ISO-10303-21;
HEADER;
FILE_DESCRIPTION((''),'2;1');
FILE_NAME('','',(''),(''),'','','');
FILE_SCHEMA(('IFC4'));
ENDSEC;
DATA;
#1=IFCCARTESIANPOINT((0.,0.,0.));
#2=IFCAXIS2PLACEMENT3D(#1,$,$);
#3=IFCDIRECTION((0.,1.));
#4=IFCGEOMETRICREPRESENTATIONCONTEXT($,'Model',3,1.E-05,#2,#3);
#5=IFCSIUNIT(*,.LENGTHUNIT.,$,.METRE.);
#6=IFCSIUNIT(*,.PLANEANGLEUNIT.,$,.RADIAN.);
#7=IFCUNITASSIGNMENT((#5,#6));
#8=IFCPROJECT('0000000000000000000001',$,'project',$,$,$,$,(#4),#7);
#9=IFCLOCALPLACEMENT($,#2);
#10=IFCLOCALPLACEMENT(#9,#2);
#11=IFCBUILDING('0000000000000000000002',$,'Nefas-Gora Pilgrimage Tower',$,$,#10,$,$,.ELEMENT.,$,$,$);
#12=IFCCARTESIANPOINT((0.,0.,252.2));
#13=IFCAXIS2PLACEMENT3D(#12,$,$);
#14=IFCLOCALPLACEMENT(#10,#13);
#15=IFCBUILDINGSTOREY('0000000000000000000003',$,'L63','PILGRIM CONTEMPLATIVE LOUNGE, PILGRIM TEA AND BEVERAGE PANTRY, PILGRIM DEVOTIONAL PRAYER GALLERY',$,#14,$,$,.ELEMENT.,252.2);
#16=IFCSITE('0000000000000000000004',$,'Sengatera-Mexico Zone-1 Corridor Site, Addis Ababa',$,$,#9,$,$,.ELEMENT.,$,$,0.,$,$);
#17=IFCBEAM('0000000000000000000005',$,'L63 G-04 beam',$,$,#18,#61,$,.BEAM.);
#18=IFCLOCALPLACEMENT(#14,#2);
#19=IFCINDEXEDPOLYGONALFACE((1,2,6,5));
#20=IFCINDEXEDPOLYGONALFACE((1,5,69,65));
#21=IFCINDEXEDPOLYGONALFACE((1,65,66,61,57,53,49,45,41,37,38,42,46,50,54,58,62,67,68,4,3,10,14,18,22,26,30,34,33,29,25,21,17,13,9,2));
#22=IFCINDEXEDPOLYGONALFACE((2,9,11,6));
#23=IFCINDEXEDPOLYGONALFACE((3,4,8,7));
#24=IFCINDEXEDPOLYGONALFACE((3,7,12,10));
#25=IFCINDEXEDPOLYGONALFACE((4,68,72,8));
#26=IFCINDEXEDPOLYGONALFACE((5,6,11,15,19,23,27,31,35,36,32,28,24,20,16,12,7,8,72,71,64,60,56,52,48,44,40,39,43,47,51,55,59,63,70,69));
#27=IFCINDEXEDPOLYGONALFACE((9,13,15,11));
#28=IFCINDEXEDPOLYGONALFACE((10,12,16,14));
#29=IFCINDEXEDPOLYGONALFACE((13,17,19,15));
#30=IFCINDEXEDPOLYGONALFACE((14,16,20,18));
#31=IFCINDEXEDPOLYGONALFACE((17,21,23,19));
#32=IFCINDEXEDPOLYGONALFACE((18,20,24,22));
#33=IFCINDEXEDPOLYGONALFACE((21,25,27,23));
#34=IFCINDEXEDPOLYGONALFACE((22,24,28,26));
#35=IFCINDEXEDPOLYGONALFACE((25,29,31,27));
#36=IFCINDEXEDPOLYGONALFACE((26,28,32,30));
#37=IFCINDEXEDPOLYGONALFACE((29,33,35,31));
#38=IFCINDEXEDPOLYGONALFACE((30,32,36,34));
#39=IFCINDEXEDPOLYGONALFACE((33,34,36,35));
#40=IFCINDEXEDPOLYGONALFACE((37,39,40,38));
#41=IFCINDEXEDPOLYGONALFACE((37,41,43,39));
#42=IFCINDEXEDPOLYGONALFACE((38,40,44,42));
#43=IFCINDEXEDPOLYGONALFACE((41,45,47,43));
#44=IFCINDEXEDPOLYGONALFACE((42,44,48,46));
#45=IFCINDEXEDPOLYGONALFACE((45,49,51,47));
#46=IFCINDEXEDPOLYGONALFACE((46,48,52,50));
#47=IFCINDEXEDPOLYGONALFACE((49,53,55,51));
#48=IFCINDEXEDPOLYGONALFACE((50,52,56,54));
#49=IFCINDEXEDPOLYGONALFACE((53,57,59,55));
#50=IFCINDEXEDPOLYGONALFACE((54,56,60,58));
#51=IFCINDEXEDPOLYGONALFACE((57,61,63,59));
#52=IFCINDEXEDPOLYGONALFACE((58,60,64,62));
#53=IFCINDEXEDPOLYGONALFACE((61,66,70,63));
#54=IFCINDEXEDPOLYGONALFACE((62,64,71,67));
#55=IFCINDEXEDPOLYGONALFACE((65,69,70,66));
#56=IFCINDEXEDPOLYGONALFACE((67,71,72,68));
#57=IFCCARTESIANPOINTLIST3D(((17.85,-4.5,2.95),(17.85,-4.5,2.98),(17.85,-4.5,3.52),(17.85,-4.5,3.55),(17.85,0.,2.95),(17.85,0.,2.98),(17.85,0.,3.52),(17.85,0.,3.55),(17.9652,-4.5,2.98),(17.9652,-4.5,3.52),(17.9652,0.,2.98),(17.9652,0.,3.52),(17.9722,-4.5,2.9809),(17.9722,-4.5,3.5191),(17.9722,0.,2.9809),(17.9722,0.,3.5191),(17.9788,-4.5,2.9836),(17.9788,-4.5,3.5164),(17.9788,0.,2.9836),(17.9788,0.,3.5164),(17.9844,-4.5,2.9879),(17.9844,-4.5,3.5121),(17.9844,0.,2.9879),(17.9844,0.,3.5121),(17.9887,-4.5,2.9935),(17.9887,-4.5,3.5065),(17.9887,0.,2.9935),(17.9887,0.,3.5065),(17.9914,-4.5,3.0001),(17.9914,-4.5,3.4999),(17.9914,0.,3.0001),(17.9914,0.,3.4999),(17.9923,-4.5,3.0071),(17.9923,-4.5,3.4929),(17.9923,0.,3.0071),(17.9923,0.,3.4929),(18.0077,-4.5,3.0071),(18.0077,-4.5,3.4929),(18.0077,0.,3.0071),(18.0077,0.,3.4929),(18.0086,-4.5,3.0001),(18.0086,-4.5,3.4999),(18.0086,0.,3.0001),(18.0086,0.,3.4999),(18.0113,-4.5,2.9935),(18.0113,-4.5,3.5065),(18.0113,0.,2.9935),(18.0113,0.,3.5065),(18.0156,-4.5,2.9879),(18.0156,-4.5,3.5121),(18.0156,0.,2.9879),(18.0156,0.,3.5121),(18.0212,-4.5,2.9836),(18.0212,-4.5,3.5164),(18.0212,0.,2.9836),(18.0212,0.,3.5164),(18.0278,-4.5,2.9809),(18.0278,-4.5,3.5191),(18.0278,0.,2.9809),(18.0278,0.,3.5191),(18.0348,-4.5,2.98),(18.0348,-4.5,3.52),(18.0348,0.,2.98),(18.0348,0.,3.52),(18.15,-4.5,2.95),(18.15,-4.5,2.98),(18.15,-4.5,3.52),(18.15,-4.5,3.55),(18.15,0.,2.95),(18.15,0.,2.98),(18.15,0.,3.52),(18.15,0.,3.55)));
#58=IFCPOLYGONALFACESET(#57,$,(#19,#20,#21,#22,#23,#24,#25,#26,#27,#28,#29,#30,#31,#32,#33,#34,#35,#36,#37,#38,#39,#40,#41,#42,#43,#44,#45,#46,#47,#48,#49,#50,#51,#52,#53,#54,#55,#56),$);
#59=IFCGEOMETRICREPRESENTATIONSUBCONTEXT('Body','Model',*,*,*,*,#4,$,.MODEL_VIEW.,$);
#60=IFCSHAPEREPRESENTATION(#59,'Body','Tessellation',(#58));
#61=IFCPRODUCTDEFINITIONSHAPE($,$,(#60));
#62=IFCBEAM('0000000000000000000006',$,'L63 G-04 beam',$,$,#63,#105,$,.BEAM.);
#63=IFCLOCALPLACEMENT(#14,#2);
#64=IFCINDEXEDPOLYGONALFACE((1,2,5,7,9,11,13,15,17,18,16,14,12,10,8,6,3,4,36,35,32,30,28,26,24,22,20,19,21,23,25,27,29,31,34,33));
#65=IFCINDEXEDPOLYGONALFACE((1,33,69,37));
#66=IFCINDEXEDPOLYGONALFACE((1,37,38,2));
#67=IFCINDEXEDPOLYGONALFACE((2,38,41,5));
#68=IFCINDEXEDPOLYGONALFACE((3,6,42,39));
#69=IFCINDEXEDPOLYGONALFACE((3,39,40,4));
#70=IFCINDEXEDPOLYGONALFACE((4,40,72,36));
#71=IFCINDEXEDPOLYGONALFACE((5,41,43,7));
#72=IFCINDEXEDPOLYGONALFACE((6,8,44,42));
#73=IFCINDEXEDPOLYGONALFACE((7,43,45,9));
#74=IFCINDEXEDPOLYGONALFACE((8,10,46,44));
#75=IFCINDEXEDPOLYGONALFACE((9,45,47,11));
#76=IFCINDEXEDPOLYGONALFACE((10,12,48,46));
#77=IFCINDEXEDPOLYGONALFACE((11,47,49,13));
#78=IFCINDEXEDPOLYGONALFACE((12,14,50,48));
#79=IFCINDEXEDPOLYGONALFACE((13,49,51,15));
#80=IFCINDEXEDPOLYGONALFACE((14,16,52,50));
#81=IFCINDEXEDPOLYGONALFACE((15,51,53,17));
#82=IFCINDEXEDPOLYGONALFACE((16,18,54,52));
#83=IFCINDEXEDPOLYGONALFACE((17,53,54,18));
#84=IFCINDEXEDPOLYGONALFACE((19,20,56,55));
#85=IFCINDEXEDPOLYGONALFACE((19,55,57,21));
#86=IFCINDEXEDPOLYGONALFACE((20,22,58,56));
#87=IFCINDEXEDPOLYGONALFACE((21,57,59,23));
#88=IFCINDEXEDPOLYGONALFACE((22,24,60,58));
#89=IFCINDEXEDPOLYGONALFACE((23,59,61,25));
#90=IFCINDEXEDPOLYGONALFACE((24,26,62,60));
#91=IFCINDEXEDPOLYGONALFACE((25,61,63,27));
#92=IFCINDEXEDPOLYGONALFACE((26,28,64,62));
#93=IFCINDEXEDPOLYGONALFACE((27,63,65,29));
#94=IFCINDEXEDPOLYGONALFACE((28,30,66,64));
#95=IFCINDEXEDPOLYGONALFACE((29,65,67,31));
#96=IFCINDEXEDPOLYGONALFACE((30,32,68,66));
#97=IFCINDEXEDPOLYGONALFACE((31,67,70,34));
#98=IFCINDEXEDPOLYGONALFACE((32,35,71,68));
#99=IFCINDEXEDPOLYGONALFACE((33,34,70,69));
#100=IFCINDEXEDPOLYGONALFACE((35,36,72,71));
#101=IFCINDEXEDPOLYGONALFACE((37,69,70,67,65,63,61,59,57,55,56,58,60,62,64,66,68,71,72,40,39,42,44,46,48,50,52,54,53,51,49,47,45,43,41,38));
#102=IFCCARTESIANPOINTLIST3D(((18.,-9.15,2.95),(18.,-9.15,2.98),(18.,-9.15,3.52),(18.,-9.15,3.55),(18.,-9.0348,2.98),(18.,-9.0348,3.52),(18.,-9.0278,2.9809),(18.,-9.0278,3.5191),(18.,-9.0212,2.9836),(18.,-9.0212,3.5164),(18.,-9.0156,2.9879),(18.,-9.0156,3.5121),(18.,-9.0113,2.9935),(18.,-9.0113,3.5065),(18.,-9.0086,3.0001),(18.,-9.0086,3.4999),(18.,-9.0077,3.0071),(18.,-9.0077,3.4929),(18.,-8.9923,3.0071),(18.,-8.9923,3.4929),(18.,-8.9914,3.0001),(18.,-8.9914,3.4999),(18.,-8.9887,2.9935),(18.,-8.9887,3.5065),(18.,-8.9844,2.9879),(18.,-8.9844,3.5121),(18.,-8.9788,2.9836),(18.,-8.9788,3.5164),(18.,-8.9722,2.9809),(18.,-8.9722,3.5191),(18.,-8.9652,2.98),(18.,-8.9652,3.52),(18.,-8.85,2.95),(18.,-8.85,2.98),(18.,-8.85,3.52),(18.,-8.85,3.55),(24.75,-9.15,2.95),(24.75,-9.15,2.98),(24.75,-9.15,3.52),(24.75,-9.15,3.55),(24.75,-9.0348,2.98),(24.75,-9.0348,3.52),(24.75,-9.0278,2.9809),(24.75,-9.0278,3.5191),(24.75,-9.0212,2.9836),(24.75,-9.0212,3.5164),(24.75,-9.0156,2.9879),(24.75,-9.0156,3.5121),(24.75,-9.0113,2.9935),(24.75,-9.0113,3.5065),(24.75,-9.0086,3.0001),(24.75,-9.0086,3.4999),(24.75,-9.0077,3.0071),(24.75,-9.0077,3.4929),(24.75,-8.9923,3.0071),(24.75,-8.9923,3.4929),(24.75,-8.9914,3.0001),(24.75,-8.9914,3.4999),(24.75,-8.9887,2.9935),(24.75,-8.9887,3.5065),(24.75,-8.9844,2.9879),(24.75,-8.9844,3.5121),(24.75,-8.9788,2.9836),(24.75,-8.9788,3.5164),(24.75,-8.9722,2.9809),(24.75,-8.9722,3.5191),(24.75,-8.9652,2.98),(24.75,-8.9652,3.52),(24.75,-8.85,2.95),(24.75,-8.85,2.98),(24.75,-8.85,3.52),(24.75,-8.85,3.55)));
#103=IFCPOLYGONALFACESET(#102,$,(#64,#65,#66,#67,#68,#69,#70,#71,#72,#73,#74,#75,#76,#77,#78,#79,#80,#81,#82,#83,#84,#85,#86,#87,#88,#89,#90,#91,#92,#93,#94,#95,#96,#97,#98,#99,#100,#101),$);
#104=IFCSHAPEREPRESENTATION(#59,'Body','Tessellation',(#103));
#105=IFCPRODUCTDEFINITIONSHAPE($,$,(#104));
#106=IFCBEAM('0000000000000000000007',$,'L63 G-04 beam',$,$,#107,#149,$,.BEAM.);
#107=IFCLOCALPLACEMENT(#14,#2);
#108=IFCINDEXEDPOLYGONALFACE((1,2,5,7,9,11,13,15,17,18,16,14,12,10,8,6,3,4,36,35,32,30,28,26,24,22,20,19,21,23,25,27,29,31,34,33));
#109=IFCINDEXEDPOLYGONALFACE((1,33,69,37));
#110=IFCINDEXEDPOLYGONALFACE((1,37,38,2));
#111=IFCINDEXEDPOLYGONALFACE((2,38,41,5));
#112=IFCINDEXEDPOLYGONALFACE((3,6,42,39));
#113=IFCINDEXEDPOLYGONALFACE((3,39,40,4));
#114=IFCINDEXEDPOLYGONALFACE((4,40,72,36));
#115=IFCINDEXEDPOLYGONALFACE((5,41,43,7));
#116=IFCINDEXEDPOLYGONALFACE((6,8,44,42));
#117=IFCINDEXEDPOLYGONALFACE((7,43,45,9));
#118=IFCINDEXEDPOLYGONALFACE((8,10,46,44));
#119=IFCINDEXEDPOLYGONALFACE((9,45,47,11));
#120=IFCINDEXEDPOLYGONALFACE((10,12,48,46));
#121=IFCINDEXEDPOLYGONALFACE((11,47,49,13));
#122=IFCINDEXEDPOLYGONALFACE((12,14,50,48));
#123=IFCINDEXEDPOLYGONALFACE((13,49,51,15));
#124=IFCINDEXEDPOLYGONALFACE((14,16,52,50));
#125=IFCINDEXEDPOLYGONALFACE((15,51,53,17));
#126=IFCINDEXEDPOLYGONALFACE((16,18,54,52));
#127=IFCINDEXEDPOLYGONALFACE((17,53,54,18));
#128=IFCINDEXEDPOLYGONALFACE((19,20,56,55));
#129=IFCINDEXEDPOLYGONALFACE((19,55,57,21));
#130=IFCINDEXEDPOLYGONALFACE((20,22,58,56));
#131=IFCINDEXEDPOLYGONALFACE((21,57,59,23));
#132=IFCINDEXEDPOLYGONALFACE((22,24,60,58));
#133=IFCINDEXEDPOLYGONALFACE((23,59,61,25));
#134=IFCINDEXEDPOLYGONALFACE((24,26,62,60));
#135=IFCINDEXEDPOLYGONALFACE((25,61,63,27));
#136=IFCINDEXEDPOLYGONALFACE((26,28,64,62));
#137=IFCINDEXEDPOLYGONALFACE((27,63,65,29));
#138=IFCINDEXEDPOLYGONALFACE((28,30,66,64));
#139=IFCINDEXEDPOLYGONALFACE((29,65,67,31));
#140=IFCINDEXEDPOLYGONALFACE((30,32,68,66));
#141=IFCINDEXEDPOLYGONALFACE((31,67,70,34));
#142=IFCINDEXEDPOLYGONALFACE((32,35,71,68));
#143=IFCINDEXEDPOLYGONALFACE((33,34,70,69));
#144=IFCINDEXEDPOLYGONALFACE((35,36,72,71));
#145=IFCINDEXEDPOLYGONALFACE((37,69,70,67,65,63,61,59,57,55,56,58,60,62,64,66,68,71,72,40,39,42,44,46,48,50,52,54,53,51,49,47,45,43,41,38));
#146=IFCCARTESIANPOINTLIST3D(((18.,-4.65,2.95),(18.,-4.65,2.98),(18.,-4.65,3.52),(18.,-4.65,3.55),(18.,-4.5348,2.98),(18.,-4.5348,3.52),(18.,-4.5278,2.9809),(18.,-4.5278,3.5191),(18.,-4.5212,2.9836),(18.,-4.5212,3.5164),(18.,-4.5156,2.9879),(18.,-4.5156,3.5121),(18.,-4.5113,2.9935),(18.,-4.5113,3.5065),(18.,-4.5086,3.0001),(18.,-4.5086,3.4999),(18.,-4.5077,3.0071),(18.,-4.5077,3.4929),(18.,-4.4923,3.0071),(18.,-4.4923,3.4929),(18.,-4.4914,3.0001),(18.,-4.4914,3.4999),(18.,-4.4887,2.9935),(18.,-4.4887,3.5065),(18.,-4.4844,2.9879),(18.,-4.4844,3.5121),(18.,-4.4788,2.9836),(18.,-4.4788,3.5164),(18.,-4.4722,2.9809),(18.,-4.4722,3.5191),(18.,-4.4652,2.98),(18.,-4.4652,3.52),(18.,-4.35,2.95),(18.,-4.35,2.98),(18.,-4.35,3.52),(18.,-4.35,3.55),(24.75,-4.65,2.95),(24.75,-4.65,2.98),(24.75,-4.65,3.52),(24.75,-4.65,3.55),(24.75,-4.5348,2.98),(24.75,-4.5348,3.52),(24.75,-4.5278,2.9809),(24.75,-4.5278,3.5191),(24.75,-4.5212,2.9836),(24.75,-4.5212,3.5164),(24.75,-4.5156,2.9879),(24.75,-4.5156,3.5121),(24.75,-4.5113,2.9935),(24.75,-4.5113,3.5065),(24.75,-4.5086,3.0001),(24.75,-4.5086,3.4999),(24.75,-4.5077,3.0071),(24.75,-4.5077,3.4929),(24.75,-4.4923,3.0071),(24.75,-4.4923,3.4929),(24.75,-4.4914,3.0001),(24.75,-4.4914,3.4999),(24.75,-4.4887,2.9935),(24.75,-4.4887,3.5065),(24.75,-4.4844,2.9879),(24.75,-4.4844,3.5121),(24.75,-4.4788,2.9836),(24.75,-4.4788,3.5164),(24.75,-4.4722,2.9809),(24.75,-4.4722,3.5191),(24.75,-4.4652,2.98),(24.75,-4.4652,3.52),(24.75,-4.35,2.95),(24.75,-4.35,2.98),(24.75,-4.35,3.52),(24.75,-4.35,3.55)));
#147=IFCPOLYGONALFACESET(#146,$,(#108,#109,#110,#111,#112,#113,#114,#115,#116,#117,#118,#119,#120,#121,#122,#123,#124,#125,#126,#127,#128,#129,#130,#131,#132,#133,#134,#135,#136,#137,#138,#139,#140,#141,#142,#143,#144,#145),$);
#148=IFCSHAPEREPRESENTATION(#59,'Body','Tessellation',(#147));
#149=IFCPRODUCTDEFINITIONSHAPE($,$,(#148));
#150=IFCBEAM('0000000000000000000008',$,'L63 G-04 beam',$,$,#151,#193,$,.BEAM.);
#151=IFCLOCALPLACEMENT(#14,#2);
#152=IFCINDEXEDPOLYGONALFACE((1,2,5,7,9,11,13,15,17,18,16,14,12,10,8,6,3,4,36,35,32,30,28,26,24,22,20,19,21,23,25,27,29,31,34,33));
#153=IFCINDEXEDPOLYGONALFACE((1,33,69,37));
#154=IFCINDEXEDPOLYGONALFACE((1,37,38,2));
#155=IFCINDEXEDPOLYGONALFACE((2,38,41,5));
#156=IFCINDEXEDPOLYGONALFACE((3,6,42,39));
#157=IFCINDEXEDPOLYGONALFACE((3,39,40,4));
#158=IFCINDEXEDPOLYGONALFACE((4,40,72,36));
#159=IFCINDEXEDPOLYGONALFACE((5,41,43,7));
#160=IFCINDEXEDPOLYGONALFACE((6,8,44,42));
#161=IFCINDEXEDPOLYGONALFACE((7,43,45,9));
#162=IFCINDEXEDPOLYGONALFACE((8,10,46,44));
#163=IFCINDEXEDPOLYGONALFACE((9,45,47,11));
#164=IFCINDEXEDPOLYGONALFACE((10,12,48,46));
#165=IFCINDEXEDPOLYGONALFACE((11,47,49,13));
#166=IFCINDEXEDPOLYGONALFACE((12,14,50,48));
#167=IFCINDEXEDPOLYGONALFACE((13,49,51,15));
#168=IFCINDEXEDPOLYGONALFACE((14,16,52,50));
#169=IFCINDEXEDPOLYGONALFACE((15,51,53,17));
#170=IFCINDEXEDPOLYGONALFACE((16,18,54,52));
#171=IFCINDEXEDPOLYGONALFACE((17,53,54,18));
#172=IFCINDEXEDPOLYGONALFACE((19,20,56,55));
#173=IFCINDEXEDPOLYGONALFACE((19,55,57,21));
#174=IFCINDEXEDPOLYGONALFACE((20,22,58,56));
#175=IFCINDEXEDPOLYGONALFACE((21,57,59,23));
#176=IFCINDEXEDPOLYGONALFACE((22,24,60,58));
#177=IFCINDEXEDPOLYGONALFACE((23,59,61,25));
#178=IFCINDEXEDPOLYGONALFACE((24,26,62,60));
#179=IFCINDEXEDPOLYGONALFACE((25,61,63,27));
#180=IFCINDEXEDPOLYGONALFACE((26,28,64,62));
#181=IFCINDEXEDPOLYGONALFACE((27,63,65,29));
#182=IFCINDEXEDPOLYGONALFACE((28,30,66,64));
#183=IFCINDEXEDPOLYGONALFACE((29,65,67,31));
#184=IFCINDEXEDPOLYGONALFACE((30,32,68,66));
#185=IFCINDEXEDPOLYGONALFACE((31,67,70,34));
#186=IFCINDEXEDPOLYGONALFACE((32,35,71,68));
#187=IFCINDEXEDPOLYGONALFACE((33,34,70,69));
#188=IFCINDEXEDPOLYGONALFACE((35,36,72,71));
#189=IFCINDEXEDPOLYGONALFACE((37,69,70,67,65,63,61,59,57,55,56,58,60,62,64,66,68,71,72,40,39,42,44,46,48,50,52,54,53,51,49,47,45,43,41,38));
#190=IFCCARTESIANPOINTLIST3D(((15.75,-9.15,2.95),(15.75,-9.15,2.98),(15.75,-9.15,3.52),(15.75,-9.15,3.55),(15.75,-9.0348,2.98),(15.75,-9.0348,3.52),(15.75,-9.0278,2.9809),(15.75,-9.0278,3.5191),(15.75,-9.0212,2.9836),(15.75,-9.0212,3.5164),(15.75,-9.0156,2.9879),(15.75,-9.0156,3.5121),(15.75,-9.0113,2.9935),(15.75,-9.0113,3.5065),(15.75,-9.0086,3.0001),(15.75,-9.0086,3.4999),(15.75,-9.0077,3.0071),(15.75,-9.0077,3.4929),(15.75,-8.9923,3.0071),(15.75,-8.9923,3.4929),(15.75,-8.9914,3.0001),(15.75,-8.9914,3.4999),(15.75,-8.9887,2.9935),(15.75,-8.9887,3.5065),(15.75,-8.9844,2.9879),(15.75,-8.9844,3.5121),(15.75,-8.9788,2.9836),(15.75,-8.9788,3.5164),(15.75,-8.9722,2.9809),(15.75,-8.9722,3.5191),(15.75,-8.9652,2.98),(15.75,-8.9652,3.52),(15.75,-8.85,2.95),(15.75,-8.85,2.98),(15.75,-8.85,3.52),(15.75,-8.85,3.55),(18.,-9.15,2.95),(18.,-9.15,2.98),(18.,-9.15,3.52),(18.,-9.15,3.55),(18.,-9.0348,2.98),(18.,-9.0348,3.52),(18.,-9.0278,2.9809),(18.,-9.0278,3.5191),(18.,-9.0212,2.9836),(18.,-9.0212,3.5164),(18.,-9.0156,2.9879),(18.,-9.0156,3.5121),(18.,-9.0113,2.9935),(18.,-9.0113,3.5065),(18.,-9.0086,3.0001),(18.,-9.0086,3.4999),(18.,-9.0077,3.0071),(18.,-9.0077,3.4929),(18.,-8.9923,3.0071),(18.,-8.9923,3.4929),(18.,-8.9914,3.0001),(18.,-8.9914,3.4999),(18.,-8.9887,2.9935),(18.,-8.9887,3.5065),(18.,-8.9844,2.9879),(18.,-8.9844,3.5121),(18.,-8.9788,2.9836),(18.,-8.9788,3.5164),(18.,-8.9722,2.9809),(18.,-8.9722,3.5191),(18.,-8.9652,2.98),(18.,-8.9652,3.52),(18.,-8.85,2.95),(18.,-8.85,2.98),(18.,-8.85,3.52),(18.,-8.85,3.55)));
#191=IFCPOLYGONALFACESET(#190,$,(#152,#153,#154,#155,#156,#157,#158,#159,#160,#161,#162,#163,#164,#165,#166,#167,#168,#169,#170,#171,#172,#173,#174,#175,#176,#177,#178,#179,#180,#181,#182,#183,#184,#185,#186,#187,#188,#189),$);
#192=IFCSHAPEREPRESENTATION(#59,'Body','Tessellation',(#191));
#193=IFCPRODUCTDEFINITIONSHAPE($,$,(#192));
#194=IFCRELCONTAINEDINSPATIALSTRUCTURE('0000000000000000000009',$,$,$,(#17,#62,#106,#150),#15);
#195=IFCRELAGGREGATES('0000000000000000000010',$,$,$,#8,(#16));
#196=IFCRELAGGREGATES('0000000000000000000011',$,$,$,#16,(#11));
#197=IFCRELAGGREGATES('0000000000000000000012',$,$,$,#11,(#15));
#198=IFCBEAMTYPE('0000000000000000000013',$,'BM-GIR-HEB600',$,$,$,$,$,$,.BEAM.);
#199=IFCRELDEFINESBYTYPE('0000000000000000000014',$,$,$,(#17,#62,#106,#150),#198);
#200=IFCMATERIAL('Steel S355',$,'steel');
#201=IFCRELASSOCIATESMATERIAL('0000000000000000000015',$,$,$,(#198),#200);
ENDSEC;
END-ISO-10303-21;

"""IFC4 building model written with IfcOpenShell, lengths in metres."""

from ifc_helpers import new_model, si_unit, direction, frame, origin, origin_2d, place, context, subcontext, project, spatial, i_section, extrude, source, transform, mapped, material, material_profile, profile_set, type_object, element, save


model = new_model("IFC4")

# Units and contexts
model_context = context("Model", 3, precision=1e-05, world=origin(), true_north=direction((0.0, 1.0)))
body_context = subcontext(model_context, "Body", "Model", "MODEL_VIEW")
ifc_project = project(units=[si_unit("LENGTHUNIT", "METRE"), si_unit("PLANEANGLEUNIT", "RADIAN")], contexts=[model_context])

# Site, building, storey
site_placement = place(None, origin())
site = spatial("IfcSite", under=ifc_project, at=site_placement, Name="Sengatera-Mexico Zone-1 Corridor Site, Addis Ababa", CompositionType="ELEMENT", RefElevation=0.0)
building_placement = place(site_placement, origin())
building = spatial("IfcBuilding", under=site, at=building_placement, Name="Nefas-Gora Pilgrimage Tower", CompositionType="ELEMENT")
storey_placement = place(building_placement, frame((0.0, 0.0, 252.2)))
storey = spatial("IfcBuildingStorey", under=building, at=storey_placement, Name="L63", Description="PILGRIM CONTEMPLATIVE LOUNGE, PILGRIM TEA AND BEVERAGE PANTRY, PILGRIM DEVOTIONAL PRAYER GALLERY", CompositionType="ELEMENT", Elevation=252.2)

# Beams
ifc_material_1 = material(Name="Steel S355", Category="steel")
ifc_material_profile_1 = material_profile(ifc_material_1, i_section(OverallWidth=0.3, OverallDepth=0.6001, WebThickness=0.0154, FlangeThickness=0.03, FilletRadius=0.0271, at=origin_2d()), Name="HEB 600")
ifc_profile_set_1 = profile_set([ifc_material_profile_1], Name="Steel S355")
beam_type_1 = type_object("IfcBeamType", Name="BM-GIR-HEB600", PredefinedType="BEAM", material=ifc_profile_set_1)
shared_shape_1 = source(origin(), body_context, "Body", "SweptSolid", [
    extrude(i_section(OverallWidth=0.3, OverallDepth=0.6001, WebThickness=0.0154, FlangeThickness=0.03, FilletRadius=0.0271, at=origin_2d()), origin(), (0.0, 0.0, 1.0), 4.5),
])
for number, where, z_axis, x_axis, name in (
    (1, (18.0, -4.5, 3.25), (0.0, 1.0, 0.0), (-1.0, 0.0, 0.0), "L63 G-04 beam"),
):
    element("IfcBeam", number, at=place(storey_placement, frame(where, z_axis=z_axis, x_axis=x_axis)), inside=storey, type_object=beam_type_1, Name=name, PredefinedType="BEAM", context=body_context, shape_type="MappedRepresentation", body=[
        mapped(shared_shape_1, transform((0.0, 0.0, 0.0), x_axis=(1.0, 0.0, 0.0), y_axis=(0.0, 1.0, 0.0), z_axis=(0.0, 0.0, 1.0), scale=1.0)),
    ])
shared_shape_2 = source(origin(), body_context, "Body", "SweptSolid", [
    extrude(i_section(OverallWidth=0.3, OverallDepth=0.6001, WebThickness=0.0154, FlangeThickness=0.03, FilletRadius=0.0271, at=origin_2d()), origin(), (0.0, 0.0, 1.0), 6.75),
])
for number, where, z_axis, x_axis, name in (
    (2, (18.0, -9.0, 3.25), (1.0, 0.0, 0.0), (0.0, 1.0, 0.0), "L63 G-04 beam"),
    (3, (18.0, -4.5, 3.25), (1.0, 0.0, 0.0), (0.0, 1.0, 0.0), "L63 G-04 beam"),
):
    element("IfcBeam", number, at=place(storey_placement, frame(where, z_axis=z_axis, x_axis=x_axis)), inside=storey, type_object=beam_type_1, Name=name, PredefinedType="BEAM", context=body_context, shape_type="MappedRepresentation", body=[
        mapped(shared_shape_2, transform((0.0, 0.0, 0.0), x_axis=(1.0, 0.0, 0.0), y_axis=(0.0, 1.0, 0.0), z_axis=(0.0, 0.0, 1.0), scale=1.0)),
    ])
shared_shape_3 = source(origin(), body_context, "Body", "SweptSolid", [
    extrude(i_section(OverallWidth=0.3, OverallDepth=0.6001, WebThickness=0.0154, FlangeThickness=0.03, FilletRadius=0.0271, at=origin_2d()), origin(), (0.0, 0.0, 1.0), 2.25),
])
for number, where, z_axis, x_axis, name in (
    (4, (15.75, -9.0, 3.25), (1.0, 0.0, 0.0), (0.0, 1.0, 0.0), "L63 G-04 beam"),
):
    element("IfcBeam", number, at=place(storey_placement, frame(where, z_axis=z_axis, x_axis=x_axis)), inside=storey, type_object=beam_type_1, Name=name, PredefinedType="BEAM", context=body_context, shape_type="MappedRepresentation", body=[
        mapped(shared_shape_3, transform((0.0, 0.0, 0.0), x_axis=(1.0, 0.0, 0.0), y_axis=(0.0, 1.0, 0.0), z_axis=(0.0, 0.0, 1.0), scale=1.0)),
    ])

save(model, "model.ifc")
